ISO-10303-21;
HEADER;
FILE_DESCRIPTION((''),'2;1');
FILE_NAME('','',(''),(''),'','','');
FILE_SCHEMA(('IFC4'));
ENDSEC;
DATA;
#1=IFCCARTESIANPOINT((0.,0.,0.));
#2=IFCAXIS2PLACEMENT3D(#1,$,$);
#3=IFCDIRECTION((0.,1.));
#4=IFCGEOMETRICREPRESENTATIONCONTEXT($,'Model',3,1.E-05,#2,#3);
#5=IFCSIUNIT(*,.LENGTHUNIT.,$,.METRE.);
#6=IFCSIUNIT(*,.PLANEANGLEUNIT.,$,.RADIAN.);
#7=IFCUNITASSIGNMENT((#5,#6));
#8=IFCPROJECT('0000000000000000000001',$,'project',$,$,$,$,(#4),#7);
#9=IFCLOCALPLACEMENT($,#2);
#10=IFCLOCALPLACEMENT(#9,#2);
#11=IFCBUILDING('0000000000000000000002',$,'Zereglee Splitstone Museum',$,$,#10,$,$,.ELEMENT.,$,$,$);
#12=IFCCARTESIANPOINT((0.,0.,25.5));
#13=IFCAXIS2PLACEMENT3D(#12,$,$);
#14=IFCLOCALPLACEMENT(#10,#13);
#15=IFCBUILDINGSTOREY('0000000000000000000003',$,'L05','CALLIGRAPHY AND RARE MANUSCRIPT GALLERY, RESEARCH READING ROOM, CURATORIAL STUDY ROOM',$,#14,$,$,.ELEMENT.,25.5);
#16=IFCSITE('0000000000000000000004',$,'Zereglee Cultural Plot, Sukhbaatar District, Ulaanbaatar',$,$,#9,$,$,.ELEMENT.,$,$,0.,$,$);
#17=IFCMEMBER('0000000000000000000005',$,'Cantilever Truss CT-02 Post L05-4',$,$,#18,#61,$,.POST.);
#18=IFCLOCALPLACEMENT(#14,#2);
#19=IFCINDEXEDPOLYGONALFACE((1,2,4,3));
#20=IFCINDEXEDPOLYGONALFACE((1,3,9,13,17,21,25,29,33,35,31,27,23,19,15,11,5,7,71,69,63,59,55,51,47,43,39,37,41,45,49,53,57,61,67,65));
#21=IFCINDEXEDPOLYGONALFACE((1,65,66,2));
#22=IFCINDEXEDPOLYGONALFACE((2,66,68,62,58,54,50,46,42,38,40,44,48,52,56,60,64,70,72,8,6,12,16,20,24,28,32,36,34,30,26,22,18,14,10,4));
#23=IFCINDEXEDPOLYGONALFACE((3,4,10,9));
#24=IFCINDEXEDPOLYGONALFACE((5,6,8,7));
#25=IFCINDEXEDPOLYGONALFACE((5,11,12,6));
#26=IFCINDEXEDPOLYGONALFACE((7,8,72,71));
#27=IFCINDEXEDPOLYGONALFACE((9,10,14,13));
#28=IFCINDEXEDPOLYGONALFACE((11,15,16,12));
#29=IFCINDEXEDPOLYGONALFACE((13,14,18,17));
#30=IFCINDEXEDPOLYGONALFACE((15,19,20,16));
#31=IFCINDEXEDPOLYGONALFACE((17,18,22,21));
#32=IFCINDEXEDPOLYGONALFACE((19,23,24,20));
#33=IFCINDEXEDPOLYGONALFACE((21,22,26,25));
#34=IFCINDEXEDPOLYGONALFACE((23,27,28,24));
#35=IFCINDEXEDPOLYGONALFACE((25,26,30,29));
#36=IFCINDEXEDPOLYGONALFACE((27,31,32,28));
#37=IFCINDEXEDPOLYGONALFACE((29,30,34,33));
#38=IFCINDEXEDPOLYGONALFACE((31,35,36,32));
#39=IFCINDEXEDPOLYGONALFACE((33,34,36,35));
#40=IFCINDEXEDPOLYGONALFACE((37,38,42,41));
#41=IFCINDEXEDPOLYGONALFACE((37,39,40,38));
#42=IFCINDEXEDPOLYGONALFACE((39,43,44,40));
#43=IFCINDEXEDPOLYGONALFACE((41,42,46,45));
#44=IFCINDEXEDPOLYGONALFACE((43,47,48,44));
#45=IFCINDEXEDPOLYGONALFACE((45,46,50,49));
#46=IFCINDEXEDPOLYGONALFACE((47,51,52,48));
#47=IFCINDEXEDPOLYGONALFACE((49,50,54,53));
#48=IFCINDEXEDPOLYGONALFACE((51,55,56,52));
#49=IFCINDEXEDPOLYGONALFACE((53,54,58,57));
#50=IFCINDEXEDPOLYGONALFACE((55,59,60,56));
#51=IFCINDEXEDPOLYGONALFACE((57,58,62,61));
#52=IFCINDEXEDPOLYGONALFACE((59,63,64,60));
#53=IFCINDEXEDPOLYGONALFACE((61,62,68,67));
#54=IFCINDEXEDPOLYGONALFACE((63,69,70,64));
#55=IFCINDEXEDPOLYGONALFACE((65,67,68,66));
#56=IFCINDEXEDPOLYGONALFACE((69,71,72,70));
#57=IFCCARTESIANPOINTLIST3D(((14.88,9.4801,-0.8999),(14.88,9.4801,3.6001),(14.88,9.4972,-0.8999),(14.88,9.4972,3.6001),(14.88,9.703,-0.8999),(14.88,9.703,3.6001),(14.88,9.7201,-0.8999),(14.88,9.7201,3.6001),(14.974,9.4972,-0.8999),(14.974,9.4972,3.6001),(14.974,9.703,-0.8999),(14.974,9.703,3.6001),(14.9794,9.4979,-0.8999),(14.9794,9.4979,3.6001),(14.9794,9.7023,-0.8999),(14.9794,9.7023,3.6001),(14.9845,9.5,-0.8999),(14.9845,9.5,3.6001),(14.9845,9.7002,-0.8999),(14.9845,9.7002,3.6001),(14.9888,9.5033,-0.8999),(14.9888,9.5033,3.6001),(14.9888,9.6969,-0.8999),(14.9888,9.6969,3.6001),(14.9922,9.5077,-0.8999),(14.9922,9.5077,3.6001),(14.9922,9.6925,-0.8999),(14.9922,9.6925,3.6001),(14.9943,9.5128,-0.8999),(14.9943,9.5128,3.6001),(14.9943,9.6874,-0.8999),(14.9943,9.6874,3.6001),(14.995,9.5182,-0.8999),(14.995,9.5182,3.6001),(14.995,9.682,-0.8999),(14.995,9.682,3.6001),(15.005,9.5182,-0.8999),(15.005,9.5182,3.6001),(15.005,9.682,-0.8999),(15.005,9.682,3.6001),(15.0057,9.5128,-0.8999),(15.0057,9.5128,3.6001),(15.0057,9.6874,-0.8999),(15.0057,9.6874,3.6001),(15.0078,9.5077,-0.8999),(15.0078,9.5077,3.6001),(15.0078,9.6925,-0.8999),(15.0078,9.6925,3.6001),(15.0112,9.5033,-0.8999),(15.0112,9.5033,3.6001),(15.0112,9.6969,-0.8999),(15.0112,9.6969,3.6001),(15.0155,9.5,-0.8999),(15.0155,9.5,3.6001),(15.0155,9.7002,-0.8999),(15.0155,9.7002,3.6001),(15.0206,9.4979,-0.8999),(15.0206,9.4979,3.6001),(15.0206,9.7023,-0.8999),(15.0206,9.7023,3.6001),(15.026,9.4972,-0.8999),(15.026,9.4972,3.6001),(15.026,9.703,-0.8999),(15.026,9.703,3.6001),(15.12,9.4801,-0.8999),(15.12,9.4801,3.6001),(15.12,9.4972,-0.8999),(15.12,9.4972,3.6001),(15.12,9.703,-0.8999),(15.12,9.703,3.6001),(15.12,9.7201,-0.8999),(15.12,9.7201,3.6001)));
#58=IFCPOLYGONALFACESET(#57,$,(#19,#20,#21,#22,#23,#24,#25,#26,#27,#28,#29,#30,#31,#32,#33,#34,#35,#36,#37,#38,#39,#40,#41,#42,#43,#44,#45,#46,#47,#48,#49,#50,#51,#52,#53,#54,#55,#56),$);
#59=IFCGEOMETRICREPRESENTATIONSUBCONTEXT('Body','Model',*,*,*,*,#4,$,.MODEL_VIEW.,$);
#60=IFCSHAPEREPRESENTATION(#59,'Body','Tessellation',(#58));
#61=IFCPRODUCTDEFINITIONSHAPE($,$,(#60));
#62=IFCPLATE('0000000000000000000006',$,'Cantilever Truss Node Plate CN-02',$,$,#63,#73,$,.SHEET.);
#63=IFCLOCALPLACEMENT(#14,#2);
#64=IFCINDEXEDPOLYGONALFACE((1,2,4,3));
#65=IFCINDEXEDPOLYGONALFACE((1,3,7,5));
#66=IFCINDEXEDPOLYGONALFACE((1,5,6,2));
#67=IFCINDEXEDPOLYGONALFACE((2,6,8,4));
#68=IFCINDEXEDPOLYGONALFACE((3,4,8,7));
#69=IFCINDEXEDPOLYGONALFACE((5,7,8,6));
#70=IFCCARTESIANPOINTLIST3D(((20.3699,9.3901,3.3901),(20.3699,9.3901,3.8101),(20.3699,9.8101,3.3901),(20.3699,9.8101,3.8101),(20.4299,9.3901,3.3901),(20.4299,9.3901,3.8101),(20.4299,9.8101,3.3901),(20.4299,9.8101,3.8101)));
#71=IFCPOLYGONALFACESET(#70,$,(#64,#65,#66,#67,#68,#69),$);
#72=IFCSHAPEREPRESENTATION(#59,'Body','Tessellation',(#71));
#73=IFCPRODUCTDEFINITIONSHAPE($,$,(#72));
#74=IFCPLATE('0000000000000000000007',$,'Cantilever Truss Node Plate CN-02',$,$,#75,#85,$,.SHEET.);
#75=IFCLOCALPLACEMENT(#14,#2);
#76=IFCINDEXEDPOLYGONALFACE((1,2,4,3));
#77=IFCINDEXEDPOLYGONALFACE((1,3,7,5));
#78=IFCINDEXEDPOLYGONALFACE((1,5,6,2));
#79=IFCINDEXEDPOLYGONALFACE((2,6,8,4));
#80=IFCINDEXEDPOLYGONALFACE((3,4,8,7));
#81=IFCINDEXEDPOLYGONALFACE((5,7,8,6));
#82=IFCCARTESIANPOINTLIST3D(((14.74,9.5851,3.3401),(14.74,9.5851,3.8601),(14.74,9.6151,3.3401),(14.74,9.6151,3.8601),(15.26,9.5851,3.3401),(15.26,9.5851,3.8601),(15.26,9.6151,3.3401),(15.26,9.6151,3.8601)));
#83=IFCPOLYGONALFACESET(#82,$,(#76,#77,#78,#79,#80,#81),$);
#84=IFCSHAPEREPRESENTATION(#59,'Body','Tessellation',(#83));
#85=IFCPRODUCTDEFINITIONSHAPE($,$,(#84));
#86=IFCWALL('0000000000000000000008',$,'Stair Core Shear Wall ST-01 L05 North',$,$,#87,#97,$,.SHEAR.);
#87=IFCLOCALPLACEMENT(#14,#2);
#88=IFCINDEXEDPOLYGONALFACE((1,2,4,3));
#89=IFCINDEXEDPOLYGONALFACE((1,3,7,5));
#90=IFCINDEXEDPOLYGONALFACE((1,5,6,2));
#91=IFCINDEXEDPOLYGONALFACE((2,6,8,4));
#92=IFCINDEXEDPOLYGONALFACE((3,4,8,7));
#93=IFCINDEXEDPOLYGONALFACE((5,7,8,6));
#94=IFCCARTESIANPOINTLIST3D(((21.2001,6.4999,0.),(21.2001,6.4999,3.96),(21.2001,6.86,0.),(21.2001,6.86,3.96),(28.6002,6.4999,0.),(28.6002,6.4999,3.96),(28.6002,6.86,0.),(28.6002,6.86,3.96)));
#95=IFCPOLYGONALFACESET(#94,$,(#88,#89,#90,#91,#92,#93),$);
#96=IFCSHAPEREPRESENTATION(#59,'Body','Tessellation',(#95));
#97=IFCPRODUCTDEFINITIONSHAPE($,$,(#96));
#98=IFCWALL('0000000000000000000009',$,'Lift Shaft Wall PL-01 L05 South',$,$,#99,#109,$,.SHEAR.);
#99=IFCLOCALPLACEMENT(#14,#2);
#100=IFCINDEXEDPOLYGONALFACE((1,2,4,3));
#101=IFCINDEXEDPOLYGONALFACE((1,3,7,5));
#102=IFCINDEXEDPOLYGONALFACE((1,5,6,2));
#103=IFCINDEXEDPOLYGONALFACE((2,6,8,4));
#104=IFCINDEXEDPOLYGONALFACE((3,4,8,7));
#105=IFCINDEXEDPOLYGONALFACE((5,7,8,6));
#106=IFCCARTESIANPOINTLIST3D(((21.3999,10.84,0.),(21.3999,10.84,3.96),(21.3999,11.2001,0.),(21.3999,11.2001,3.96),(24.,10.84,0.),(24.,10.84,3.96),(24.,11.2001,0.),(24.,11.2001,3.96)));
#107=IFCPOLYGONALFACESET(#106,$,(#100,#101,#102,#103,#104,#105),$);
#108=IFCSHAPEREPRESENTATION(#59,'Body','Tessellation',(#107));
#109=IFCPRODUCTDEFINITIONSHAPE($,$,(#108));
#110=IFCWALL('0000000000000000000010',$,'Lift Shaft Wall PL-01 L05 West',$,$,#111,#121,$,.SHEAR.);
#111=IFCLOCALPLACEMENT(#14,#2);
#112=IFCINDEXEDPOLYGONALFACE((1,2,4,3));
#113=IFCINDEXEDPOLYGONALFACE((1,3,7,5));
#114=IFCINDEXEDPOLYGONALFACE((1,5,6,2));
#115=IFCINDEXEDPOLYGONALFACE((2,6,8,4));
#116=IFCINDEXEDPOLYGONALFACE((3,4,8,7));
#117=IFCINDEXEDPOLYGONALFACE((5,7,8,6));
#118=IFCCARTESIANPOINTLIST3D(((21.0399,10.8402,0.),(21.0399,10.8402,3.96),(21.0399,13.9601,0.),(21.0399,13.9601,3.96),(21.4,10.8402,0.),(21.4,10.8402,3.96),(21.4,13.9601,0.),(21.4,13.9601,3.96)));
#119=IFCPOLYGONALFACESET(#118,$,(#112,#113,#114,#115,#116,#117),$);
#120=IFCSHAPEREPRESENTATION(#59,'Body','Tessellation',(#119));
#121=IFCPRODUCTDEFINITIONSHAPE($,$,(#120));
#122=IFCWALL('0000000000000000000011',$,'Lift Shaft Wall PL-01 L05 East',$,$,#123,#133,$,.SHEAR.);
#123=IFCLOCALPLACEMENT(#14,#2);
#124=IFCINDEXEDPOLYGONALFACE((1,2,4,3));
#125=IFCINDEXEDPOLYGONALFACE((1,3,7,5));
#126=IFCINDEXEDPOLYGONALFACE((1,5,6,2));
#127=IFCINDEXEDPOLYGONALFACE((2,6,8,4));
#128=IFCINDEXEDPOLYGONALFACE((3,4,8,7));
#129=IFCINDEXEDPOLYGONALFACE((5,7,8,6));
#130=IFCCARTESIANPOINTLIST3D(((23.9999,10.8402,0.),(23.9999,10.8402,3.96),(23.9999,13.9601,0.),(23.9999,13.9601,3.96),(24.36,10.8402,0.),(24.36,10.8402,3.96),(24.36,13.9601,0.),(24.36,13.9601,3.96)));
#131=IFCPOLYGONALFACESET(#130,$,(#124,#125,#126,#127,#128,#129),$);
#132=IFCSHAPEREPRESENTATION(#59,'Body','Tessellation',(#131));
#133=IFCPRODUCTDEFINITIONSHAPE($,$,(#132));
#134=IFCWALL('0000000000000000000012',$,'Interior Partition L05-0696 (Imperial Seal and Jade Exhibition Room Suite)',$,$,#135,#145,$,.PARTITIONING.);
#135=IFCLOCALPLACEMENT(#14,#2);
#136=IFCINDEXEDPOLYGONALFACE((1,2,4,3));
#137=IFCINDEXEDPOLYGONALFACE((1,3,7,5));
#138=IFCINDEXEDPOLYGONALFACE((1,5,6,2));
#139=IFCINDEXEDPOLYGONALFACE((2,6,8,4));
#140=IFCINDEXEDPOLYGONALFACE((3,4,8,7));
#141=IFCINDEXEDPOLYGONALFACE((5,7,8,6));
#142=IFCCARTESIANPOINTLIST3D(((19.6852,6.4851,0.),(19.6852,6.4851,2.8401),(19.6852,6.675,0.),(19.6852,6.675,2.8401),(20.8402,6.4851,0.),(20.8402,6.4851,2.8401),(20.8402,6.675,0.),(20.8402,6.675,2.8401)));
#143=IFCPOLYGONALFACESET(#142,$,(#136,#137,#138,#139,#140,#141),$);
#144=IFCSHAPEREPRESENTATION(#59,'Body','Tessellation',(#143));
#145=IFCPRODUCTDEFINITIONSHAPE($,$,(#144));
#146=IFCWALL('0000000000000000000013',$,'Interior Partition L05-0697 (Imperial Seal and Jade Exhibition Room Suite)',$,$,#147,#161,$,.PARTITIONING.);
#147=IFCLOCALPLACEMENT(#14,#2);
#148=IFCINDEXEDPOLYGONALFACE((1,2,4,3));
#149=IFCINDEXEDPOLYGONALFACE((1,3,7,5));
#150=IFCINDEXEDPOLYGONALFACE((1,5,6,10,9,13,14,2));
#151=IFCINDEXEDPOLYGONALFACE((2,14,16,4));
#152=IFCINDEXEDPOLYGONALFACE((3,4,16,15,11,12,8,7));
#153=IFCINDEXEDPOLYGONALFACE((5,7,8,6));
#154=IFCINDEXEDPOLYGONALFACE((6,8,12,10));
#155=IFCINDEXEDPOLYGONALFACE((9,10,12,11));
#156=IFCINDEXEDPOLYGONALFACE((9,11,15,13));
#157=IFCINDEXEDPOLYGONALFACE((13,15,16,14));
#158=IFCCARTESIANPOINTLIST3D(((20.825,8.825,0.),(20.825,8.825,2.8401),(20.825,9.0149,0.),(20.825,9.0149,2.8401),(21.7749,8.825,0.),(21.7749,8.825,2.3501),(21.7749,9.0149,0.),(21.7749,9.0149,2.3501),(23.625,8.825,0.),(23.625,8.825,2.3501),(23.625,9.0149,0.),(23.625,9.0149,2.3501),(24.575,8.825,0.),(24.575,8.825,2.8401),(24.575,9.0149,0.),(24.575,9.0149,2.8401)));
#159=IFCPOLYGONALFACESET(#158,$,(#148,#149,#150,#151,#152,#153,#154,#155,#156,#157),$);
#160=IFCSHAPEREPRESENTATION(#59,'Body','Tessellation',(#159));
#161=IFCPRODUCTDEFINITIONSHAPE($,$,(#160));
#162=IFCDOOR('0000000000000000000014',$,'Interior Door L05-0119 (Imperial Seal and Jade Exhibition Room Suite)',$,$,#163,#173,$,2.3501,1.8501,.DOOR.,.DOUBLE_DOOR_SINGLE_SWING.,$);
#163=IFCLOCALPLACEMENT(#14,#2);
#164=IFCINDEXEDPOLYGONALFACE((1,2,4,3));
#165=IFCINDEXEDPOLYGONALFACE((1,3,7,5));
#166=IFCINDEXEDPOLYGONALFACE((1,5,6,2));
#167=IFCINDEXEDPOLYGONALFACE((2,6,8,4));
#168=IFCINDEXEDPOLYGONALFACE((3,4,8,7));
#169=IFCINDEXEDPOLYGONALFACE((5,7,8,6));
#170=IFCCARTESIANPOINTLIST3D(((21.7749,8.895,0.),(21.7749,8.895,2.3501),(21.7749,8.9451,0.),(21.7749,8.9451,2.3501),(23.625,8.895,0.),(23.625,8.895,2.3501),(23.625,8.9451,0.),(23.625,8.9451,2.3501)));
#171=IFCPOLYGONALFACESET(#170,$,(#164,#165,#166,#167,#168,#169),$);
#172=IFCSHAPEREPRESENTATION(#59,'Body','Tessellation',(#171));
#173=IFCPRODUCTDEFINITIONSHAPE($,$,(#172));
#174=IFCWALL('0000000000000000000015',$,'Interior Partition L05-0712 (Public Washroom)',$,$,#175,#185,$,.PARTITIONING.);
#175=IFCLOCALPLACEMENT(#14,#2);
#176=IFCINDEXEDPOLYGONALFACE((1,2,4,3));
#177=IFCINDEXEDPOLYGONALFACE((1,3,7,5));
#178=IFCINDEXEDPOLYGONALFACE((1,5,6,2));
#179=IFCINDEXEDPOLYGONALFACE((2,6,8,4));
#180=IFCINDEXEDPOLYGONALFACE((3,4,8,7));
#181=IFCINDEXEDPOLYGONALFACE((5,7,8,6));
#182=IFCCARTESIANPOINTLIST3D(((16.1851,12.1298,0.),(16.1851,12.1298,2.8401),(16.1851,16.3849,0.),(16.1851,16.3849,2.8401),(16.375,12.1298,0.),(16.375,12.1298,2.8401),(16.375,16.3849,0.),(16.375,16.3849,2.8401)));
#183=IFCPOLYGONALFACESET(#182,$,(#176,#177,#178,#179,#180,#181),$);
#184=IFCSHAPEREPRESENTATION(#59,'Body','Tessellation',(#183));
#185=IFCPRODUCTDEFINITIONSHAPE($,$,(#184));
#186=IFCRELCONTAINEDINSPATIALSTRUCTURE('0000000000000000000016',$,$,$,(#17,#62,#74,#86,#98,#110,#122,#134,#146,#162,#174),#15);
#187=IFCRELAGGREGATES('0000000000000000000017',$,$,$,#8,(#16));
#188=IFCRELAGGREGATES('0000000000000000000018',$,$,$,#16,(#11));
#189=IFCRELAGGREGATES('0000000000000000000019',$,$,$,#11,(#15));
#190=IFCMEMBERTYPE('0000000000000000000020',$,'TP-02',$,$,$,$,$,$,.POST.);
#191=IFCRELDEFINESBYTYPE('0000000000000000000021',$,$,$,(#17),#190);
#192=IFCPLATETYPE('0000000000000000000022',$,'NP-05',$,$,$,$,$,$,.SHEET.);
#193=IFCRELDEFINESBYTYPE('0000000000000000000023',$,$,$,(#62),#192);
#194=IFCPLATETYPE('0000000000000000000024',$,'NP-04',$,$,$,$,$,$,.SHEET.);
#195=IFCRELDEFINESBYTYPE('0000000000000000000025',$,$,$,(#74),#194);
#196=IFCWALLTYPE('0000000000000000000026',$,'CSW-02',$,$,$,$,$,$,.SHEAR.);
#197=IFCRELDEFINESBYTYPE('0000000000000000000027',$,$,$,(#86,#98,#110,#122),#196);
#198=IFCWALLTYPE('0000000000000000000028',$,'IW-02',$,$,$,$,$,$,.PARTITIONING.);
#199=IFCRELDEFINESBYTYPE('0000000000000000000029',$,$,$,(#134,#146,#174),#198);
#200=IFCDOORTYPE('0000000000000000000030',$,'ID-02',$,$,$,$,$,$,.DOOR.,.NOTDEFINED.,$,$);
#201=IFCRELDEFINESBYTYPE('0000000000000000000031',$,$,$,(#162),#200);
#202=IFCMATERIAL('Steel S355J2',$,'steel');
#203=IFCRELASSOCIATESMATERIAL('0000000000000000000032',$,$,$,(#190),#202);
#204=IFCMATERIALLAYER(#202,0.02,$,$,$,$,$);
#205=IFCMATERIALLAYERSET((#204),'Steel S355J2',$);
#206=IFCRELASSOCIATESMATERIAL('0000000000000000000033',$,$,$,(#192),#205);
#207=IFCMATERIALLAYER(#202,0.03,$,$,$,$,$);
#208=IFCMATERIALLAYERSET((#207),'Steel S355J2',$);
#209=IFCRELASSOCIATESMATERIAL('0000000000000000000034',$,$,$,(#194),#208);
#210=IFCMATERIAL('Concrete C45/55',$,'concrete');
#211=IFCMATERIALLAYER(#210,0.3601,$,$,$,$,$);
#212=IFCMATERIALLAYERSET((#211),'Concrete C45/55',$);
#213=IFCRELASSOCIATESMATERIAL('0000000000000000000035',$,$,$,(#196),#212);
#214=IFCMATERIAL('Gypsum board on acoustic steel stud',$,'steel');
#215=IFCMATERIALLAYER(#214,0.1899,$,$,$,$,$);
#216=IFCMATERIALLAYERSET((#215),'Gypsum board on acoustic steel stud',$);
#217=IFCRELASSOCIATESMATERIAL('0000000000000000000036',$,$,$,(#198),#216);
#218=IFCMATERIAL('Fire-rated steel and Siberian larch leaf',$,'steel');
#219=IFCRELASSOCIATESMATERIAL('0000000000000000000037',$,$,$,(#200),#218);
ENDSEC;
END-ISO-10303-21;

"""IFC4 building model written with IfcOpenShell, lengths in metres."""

from ifc_helpers import new_model, si_unit, direction, frame, frame_2d, origin, origin_2d, place, context, subcontext, project, spatial, rectangle, i_section, extrude, material, layer, layer_set, material_profile, profile_set, type_object, element, fill, save


model = new_model("IFC4")

# Units and contexts
model_context = context("Model", 3, precision=1e-05, world=origin(), true_north=direction((0.0, 1.0)))
body_context = subcontext(model_context, "Body", "Model", "MODEL_VIEW")
ifc_project = project(units=[si_unit("LENGTHUNIT", "METRE"), si_unit("PLANEANGLEUNIT", "RADIAN")], contexts=[model_context])

# Site, building, storey
site_placement = place(None, origin())
site = spatial("IfcSite", under=ifc_project, at=site_placement, Name="Zereglee Cultural Plot, Sukhbaatar District, Ulaanbaatar", CompositionType="ELEMENT", RefElevation=0.0)
building_placement = place(site_placement, origin())
building = spatial("IfcBuilding", under=site, at=building_placement, Name="Zereglee Splitstone Museum", CompositionType="ELEMENT")
storey_placement = place(building_placement, frame((0.0, 0.0, 25.5)))
storey = spatial("IfcBuildingStorey", under=building, at=storey_placement, Name="L05", Description="CALLIGRAPHY AND RARE MANUSCRIPT GALLERY, RESEARCH READING ROOM, CURATORIAL STUDY ROOM", CompositionType="ELEMENT", Elevation=25.5)

# Shared definitions
ifc_material_1 = material(Name="Steel S355J2", Category="steel")

# Member
ifc_material_profile_1 = material_profile(ifc_material_1, i_section(OverallWidth=0.24, OverallDepth=0.24, WebThickness=0.01, FlangeThickness=0.0171, FilletRadius=0.021, at=origin_2d()), Name="HE 240 B")
ifc_profile_set_1 = profile_set([ifc_material_profile_1], Name="Steel S355J2")
member_type_1 = type_object("IfcMemberType", Name="TP-02", PredefinedType="POST", material=ifc_profile_set_1)
member_1_placement = place(storey_placement, frame((15.0, 9.6001, -0.8999), z_axis=(0.0, 0.0, 1.0), x_axis=(1.0, 0.0, 0.0)))
element("IfcMember", 1, at=member_1_placement, inside=storey, type_object=member_type_1, Name="Cantilever Truss CT-02 Post L05-4", PredefinedType="POST", context=body_context, shape_type="SweptSolid", body=[
    extrude(i_section(OverallWidth=0.24, OverallDepth=0.24, WebThickness=0.01, FlangeThickness=0.0171, FilletRadius=0.021, at=origin_2d()), origin(), (0.0, 0.0, 1.0), 4.5),
])

# Plates
ifc_layer_1 = layer(ifc_material_1, 0.02)
ifc_layer_set_1 = layer_set([ifc_layer_1], Name="Steel S355J2")
plate_type_1 = type_object("IfcPlateType", Name="NP-05", PredefinedType="SHEET", material=ifc_layer_set_1)
plate_1_placement = place(storey_placement, frame((20.3999, 9.6001, 3.3901), z_axis=(0.0, 0.0, 1.0), x_axis=(1.0, 0.0, 0.0)))
element("IfcPlate", 2, at=plate_1_placement, inside=storey, type_object=plate_type_1, Name="Cantilever Truss Node Plate CN-02", PredefinedType="SHEET", context=body_context, shape_type="SweptSolid", body=[
    extrude(rectangle(XDim=0.0601, YDim=0.4199, at=origin_2d()), origin(), (0.0, 0.0, 1.0), 0.4199),
])
ifc_layer_2 = layer(ifc_material_1, 0.03)
ifc_layer_set_2 = layer_set([ifc_layer_2], Name="Steel S355J2")
plate_type_2 = type_object("IfcPlateType", Name="NP-04", PredefinedType="SHEET", material=ifc_layer_set_2)
plate_2_placement = place(storey_placement, frame((15.0, 9.6001, 3.3401), z_axis=(0.0, 0.0, 1.0), x_axis=(1.0, 0.0, 0.0)))
element("IfcPlate", 3, at=plate_2_placement, inside=storey, type_object=plate_type_2, Name="Cantilever Truss Node Plate CN-02", PredefinedType="SHEET", context=body_context, shape_type="SweptSolid", body=[
    extrude(rectangle(XDim=0.52, YDim=0.03, at=origin_2d()), origin(), (0.0, 0.0, 1.0), 0.52),
])

# Walls
ifc_material_2 = material(Name="Concrete C45/55", Category="concrete")
ifc_layer_3 = layer(ifc_material_2, 0.3601)
ifc_layer_set_3 = layer_set([ifc_layer_3], Name="Concrete C45/55")
wall_type_1 = type_object("IfcWallType", Name="CSW-02", PredefinedType="SHEAR", material=ifc_layer_set_3)
wall_1_placement = place(storey_placement, frame((21.2, 6.6799, 0.0), z_axis=(0.0, 0.0, 1.0), x_axis=(1.0, 0.0, 0.0)))
element("IfcWall", 4, at=wall_1_placement, inside=storey, type_object=wall_type_1, Name="Stair Core Shear Wall ST-01 L05 North", PredefinedType="SHEAR", context=body_context, shape_type="SweptSolid", body=[
    extrude(rectangle(XDim=7.4001, YDim=0.3601, at=frame_2d((3.7002, 0.0))), origin(), (0.0, 0.0, 1.0), 3.96),
])
wall_2_placement = place(storey_placement, frame((21.3999, 11.02, 0.0), z_axis=(0.0, 0.0, 1.0), x_axis=(1.0, 0.0, 0.0)))
element("IfcWall", 5, at=wall_2_placement, inside=storey, type_object=wall_type_1, Name="Lift Shaft Wall PL-01 L05 South", PredefinedType="SHEAR", context=body_context, shape_type="SweptSolid", body=[
    extrude(rectangle(XDim=2.6001, YDim=0.3601, at=frame_2d((1.3, 0.0))), origin(), (0.0, 0.0, 1.0), 3.96),
])
for number, where, z_axis, x_axis, name in (
    (6, (21.22, 10.8401, 0.0), (0.0, 0.0, 1.0), (0.0, 1.0, 0.0), "Lift Shaft Wall PL-01 L05 West"),
    (7, (24.1799, 10.8401, 0.0), (0.0, 0.0, 1.0), (0.0, 1.0, 0.0), "Lift Shaft Wall PL-01 L05 East"),
):
    element("IfcWall", number, at=place(storey_placement, frame(where, z_axis=z_axis, x_axis=x_axis)), inside=storey, type_object=wall_type_1, Name=name, PredefinedType="SHEAR", context=body_context, shape_type="SweptSolid", body=[
        extrude(rectangle(XDim=3.1199, YDim=0.3601, at=frame_2d((1.5601, 0.0))), origin(), (0.0, 0.0, 1.0), 3.96),
    ])
ifc_material_3 = material(Name="Gypsum board on acoustic steel stud", Category="steel")
ifc_layer_4 = layer(ifc_material_3, 0.1899)
ifc_layer_set_4 = layer_set([ifc_layer_4], Name="Gypsum board on acoustic steel stud")
wall_type_2 = type_object("IfcWallType", Name="IW-02", PredefinedType="PARTITIONING", material=ifc_layer_set_4)
wall_3_placement = place(storey_placement, frame((19.6851, 6.5801, 0.0), z_axis=(0.0, 0.0, 1.0), x_axis=(1.0, 0.0, 0.0)))
element("IfcWall", 8, at=wall_3_placement, inside=storey, type_object=wall_type_2, Name="Interior Partition L05-0696 (Imperial Seal and Jade Exhibition Room Suite)", PredefinedType="PARTITIONING", context=body_context, shape_type="SweptSolid", body=[
    extrude(rectangle(XDim=1.155, YDim=0.1899, at=frame_2d((0.5776, 0.0))), origin(), (0.0, 0.0, 1.0), 2.8401),
])

# Wall, opening, door
wall_4_placement = place(storey_placement, frame((20.825, 8.9199, 0.0), z_axis=(0.0, 0.0, 1.0), x_axis=(1.0, 0.0, 0.0)))
wall_4 = element("IfcWall", 9, at=wall_4_placement, inside=storey, type_object=wall_type_2, Name="Interior Partition L05-0697 (Imperial Seal and Jade Exhibition Room Suite)", PredefinedType="PARTITIONING", context=body_context, shape_type="SweptSolid", body=[
    extrude(rectangle(XDim=3.75, YDim=0.1899, at=frame_2d((1.875, 0.0))), origin(), (0.0, 0.0, 1.0), 2.8401),
])
opening_placement = place(wall_4_placement, frame((0.95, 0.0, 0.0)))
opening = element("IfcOpeningElement", 10, at=opening_placement, cuts=wall_4, PredefinedType="OPENING", context=body_context, shape_type="SweptSolid", body=[
    extrude(rectangle(XDim=1.8501, YDim=2.3501, at=frame_2d((0.925, 1.175))), frame((0.0, 0.1099, 0.0), z_axis=(0.0, -1.0, 0.0), x_axis=(1.0, 0.0, 0.0)), (0.0, 0.0, 1.0), 0.2197),
])
ifc_material_4 = material(Name="Fire-rated steel and Siberian larch leaf", Category="steel")
door_type = type_object("IfcDoorType", Name="ID-02", OperationType="NOTDEFINED", PredefinedType="DOOR", material=ifc_material_4)
door_placement = place(opening_placement, frame((1.8501, 0.0, 0.0), z_axis=(0.0, 0.0, 1.0), x_axis=(-1.0, 0.0, 0.0)))
door = element("IfcDoor", 11, at=door_placement, inside=storey, type_object=door_type, Name="Interior Door L05-0119 (Imperial Seal and Jade Exhibition Room Suite)", OperationType="DOUBLE_DOOR_SINGLE_SWING", OverallHeight=2.3501, OverallWidth=1.8501, PredefinedType="DOOR", context=body_context, shape_type="SweptSolid", body=[
    extrude(rectangle(XDim=1.8501, YDim=2.3501, at=frame_2d((0.925, 1.175))), frame((0.0, 0.0249, 0.0), z_axis=(0.0, -1.0, 0.0), x_axis=(1.0, 0.0, 0.0)), (0.0, 0.0, 1.0), 0.05),
])
fill(opening, door)

# Wall
wall_5_placement = place(storey_placement, frame((16.28, 12.1299, 0.0), z_axis=(0.0, 0.0, 1.0), x_axis=(0.0, 1.0, 0.0)))
element("IfcWall", 12, at=wall_5_placement, inside=storey, type_object=wall_type_2, Name="Interior Partition L05-0712 (Public Washroom)", PredefinedType="PARTITIONING", context=body_context, shape_type="SweptSolid", body=[
    extrude(rectangle(XDim=4.2551, YDim=0.1899, at=frame_2d((2.1274, 0.0))), origin(), (0.0, 0.0, 1.0), 2.8401),
])

save(model, "model.ifc")
